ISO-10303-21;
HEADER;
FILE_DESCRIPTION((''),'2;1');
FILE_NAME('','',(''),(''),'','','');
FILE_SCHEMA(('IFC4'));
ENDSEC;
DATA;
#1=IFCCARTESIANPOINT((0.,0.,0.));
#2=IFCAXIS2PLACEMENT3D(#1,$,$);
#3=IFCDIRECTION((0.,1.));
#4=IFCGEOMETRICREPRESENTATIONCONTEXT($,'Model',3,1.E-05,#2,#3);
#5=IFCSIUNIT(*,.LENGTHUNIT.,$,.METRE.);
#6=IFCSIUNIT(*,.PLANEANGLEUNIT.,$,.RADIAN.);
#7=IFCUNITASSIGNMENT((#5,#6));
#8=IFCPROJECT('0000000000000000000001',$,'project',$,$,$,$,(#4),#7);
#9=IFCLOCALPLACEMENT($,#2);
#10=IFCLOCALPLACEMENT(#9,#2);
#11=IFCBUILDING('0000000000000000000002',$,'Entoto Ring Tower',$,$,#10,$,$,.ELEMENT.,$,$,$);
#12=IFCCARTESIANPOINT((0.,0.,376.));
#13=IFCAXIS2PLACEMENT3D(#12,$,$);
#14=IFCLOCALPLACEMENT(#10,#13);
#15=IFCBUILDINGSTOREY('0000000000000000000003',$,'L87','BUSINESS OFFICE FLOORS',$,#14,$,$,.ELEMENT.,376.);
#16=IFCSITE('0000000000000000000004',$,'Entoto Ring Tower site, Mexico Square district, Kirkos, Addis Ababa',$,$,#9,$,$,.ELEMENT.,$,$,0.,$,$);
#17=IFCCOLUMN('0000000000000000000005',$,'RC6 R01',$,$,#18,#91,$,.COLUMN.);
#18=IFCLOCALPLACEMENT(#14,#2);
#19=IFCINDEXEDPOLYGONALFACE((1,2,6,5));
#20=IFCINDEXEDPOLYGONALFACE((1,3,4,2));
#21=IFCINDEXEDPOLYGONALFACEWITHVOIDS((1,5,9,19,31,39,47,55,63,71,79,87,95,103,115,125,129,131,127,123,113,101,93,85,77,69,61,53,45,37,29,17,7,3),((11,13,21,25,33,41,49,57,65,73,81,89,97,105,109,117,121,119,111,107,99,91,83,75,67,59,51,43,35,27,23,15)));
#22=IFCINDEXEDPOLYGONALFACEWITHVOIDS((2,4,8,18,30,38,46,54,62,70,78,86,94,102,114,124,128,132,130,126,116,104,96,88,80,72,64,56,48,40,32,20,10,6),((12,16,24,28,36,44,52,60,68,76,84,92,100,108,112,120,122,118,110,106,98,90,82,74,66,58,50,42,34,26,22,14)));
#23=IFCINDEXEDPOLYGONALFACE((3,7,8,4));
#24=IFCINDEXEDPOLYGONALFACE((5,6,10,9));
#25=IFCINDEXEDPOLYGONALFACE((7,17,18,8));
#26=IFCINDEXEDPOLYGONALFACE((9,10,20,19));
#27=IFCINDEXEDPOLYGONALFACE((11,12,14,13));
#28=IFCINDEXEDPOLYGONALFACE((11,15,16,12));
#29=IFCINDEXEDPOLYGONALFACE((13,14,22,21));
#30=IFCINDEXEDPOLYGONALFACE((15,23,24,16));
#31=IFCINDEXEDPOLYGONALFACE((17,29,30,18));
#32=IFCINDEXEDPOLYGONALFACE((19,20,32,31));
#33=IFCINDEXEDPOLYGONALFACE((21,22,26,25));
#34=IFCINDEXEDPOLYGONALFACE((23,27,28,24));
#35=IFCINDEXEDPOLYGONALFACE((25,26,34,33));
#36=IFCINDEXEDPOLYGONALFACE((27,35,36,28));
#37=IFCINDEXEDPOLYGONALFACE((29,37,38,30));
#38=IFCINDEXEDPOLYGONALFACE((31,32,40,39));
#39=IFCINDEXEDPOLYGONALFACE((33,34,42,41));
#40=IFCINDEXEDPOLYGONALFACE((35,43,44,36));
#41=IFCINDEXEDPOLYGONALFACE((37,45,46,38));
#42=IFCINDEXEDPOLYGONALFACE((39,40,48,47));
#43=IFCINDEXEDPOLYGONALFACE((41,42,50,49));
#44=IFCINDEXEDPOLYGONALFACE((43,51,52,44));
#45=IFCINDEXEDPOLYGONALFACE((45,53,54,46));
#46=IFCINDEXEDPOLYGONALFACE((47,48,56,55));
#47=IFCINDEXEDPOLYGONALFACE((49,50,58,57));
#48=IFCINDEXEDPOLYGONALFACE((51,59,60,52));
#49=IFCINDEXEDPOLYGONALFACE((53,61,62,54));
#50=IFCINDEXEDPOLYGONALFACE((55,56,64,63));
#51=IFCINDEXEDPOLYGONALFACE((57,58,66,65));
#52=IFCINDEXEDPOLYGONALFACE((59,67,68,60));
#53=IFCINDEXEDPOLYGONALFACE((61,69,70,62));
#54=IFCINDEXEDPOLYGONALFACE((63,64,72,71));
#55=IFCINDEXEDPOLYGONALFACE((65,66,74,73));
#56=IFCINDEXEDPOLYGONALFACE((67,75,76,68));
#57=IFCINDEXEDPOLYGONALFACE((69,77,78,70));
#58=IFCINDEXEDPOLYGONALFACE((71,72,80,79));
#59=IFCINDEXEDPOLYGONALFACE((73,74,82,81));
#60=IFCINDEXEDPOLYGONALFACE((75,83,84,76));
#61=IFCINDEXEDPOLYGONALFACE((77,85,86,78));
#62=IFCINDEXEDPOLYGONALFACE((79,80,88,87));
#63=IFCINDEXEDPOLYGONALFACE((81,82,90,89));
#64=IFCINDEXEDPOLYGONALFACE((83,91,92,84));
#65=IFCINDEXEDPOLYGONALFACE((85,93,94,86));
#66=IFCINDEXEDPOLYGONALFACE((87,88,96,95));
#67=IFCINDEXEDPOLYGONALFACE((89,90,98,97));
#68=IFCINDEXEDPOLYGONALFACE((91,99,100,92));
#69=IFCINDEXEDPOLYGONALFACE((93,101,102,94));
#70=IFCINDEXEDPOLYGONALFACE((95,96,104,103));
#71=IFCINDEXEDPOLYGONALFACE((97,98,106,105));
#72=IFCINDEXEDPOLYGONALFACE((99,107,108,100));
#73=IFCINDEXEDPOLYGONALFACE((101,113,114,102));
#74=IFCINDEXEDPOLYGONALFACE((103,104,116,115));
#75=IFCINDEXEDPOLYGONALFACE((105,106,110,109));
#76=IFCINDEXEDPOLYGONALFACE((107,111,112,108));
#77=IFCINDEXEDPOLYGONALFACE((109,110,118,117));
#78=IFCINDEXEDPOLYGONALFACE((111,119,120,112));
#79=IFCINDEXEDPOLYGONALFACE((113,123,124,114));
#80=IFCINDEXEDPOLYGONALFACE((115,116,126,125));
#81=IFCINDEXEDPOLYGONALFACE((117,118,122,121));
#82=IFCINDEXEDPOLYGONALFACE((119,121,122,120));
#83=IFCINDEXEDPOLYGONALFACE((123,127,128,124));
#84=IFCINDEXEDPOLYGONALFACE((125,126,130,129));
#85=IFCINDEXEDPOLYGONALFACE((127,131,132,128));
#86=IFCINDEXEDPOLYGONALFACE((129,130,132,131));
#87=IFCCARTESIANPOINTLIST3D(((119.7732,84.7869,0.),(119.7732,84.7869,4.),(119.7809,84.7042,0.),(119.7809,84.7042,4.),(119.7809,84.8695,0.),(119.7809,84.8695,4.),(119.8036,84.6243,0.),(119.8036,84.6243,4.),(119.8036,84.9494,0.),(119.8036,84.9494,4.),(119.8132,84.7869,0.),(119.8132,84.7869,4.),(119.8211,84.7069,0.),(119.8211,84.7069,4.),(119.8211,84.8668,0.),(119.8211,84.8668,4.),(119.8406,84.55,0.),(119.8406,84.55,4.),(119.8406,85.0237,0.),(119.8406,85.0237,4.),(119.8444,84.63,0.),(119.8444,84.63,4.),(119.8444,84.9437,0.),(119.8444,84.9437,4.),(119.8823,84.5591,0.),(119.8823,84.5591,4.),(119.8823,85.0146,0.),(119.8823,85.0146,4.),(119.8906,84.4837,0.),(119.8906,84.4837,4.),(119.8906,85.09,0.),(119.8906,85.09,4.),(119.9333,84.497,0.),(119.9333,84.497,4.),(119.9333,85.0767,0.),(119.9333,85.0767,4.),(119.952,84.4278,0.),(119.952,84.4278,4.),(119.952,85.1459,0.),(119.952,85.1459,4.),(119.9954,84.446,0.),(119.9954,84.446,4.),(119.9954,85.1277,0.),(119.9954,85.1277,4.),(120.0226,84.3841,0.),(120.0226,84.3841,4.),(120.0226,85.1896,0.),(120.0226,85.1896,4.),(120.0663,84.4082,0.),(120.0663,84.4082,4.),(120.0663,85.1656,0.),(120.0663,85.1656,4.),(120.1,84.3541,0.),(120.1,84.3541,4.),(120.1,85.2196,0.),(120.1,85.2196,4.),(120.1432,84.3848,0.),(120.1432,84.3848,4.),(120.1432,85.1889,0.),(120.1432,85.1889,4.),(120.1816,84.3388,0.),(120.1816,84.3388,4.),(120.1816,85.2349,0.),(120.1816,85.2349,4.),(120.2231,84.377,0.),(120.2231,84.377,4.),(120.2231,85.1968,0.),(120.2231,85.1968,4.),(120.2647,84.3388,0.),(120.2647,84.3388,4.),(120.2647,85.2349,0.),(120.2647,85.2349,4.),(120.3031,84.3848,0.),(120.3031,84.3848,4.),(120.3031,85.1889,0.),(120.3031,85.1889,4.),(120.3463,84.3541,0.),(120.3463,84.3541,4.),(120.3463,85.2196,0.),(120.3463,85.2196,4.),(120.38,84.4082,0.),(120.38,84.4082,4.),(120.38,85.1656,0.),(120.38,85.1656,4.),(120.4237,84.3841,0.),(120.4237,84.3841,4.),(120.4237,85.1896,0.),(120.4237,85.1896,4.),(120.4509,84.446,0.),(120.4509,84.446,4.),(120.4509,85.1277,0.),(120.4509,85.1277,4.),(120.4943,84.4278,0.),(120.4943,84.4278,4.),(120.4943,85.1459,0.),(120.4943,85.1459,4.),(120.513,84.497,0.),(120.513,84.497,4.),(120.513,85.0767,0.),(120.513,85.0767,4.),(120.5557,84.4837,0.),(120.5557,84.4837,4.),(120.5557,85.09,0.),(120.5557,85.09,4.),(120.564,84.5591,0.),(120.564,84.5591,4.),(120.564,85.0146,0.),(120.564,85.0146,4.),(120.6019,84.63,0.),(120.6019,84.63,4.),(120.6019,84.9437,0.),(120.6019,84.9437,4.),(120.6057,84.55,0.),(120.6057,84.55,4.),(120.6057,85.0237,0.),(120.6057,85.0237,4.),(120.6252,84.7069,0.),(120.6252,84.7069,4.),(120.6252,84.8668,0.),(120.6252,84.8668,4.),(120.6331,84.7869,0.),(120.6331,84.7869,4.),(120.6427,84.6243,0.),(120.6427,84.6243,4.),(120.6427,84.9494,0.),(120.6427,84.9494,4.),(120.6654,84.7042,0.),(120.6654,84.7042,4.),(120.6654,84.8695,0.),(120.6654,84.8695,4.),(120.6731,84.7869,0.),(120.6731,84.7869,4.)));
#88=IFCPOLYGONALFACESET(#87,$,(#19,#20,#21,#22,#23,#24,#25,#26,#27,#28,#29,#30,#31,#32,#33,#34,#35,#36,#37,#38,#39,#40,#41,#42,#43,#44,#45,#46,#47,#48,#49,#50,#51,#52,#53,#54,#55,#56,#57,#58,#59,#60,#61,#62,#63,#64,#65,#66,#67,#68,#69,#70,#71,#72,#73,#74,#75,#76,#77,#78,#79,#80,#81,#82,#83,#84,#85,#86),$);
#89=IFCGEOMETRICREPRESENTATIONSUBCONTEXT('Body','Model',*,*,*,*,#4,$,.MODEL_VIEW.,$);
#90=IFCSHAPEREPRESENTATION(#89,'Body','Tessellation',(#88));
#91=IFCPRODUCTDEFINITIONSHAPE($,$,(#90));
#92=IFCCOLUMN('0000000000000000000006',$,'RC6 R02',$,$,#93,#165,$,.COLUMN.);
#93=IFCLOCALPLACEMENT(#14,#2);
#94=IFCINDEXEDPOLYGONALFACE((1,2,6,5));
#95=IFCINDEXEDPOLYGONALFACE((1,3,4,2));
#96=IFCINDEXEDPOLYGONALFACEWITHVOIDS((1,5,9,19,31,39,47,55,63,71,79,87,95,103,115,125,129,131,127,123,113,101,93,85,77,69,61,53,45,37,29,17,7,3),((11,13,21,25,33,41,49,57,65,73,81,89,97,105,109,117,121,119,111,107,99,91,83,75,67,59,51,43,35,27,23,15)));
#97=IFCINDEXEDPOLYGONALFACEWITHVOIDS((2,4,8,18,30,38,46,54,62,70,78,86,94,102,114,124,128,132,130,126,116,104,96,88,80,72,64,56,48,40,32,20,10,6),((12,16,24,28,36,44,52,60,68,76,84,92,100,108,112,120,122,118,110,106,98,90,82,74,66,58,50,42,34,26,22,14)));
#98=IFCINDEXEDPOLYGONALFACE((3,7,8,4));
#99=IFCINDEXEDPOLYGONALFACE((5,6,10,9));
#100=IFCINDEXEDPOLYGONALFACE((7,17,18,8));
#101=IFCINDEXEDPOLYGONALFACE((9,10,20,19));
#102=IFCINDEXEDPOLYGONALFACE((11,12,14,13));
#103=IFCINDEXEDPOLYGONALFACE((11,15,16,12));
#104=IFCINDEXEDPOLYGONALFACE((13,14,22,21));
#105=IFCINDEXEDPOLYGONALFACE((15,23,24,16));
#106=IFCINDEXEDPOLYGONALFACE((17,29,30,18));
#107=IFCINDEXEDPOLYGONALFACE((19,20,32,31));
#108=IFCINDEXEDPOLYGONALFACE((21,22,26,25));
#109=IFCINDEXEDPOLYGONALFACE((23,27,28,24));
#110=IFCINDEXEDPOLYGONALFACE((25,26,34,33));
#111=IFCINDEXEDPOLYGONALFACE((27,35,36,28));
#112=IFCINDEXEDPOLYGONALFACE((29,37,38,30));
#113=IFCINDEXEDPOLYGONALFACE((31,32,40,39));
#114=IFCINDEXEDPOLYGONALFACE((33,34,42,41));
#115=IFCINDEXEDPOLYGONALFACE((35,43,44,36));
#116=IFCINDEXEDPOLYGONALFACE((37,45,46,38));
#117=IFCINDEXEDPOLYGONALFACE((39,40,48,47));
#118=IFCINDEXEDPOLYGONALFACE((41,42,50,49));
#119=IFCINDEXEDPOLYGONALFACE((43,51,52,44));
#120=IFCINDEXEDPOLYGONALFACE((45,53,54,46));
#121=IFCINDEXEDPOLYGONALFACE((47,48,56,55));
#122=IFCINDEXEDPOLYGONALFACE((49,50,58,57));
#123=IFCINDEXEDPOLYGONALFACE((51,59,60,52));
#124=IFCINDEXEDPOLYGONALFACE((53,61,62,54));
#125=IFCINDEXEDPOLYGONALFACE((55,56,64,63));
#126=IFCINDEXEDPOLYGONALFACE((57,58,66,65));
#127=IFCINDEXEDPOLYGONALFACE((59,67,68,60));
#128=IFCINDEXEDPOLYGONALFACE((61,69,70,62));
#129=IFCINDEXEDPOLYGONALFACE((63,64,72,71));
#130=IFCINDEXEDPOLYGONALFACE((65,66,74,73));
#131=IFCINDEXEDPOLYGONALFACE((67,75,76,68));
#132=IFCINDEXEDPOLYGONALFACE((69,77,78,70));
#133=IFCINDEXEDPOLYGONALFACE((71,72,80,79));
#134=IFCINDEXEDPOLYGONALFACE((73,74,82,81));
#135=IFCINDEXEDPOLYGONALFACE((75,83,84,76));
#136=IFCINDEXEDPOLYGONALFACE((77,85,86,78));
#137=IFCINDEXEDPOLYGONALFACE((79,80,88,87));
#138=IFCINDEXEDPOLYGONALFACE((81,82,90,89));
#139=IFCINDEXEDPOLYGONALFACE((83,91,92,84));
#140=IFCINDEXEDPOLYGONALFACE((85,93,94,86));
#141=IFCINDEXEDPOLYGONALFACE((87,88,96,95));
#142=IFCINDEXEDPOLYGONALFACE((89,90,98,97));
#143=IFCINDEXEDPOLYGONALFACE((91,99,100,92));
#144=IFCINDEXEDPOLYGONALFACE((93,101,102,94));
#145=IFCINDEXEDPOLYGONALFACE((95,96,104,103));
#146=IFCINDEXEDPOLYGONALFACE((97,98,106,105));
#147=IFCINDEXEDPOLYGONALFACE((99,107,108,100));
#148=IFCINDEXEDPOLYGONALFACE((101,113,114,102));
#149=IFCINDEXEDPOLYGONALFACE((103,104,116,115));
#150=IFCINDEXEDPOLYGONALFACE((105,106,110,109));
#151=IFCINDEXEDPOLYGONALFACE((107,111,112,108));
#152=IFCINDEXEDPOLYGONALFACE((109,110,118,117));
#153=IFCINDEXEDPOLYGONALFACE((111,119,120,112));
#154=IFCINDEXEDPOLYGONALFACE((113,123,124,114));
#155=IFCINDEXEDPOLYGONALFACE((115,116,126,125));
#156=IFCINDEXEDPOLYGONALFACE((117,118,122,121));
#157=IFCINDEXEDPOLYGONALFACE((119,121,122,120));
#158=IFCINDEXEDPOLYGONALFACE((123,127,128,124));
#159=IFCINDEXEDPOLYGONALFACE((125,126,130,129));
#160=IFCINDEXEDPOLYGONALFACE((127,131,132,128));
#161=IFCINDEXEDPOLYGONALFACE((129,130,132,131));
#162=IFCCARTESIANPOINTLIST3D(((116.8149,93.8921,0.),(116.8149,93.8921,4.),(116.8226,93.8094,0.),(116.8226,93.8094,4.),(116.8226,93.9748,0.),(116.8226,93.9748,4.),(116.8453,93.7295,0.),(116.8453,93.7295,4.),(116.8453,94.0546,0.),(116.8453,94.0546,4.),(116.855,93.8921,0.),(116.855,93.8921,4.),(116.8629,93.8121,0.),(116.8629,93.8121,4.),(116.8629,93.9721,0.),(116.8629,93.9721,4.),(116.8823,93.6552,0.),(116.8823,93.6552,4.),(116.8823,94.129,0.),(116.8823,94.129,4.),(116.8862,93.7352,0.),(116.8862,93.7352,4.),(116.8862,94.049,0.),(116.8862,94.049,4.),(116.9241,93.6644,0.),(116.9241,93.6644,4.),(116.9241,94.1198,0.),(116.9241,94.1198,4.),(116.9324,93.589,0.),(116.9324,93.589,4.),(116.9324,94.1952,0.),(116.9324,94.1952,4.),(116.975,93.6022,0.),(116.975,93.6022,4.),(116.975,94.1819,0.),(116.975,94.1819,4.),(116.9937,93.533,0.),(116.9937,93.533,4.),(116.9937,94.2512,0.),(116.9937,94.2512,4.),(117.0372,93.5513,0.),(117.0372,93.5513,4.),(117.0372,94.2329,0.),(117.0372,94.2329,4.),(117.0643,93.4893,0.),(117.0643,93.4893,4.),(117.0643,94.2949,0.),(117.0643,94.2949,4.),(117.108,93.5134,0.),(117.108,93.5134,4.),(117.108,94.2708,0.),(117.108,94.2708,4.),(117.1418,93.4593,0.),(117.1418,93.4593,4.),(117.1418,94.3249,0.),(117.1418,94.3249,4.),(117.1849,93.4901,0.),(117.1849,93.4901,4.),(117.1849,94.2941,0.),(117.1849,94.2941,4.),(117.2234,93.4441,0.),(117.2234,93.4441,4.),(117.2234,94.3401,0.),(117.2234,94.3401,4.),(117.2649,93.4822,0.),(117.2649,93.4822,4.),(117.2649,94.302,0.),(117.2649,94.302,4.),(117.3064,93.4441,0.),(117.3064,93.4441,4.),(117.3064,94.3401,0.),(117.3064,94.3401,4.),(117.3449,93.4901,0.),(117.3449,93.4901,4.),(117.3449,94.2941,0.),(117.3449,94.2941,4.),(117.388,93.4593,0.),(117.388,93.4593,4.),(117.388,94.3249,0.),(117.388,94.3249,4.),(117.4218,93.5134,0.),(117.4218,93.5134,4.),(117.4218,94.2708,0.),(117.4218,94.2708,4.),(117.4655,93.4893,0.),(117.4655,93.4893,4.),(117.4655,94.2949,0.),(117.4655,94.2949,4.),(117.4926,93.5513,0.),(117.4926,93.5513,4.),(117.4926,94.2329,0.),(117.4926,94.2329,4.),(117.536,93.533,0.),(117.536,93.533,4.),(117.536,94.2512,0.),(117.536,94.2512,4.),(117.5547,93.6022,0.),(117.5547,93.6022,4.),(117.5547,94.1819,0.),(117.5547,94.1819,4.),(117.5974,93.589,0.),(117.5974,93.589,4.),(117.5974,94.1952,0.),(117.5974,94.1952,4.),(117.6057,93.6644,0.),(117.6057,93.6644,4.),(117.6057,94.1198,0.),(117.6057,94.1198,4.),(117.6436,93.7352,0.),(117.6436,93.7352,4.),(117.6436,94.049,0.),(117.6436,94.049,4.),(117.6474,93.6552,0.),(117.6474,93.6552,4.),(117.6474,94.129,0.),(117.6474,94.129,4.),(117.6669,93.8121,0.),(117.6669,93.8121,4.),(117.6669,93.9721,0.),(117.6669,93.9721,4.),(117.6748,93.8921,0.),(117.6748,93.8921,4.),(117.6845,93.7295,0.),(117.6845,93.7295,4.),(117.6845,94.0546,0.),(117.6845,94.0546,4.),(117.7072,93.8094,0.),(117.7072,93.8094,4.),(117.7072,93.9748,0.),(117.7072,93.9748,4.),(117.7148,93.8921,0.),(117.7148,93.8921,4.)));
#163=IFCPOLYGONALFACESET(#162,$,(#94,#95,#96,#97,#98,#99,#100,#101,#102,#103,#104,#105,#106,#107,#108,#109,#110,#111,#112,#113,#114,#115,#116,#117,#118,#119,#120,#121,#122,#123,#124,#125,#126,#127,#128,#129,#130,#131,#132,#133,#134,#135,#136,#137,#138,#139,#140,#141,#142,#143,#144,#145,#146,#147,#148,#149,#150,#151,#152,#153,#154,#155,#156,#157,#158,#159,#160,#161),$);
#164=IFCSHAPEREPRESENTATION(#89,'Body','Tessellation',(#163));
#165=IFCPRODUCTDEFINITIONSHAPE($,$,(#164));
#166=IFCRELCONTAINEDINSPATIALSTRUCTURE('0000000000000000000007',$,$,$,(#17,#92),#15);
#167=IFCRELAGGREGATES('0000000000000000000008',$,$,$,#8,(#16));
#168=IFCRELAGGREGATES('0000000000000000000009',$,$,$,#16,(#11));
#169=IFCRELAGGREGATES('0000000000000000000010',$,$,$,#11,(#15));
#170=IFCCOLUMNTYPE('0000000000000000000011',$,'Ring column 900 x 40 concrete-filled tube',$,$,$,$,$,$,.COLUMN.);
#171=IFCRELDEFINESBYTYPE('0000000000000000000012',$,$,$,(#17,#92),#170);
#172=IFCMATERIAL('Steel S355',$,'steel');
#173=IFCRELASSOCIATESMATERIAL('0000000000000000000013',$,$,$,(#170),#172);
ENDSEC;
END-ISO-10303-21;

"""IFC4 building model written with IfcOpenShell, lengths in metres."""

from ifc_helpers import new_model, si_unit, direction, frame, origin, origin_2d, place, context, subcontext, project, spatial, circle, hollow_circle, extrude, material, material_profile, profile_set, type_object, element, save


model = new_model("IFC4")

# Units and contexts
model_context = context("Model", 3, precision=1e-05, world=origin(), true_north=direction((0.0, 1.0)))
body_context = subcontext(model_context, "Body", "Model", "MODEL_VIEW")
ifc_project = project(units=[si_unit("LENGTHUNIT", "METRE"), si_unit("PLANEANGLEUNIT", "RADIAN")], contexts=[model_context])

# Site, building, storey
site_placement = place(None, origin())
site = spatial("IfcSite", under=ifc_project, at=site_placement, Name="Entoto Ring Tower site, Mexico Square district, Kirkos, Addis Ababa", CompositionType="ELEMENT", RefElevation=0.0)
building_placement = place(site_placement, origin())
building = spatial("IfcBuilding", under=site, at=building_placement, Name="Entoto Ring Tower", CompositionType="ELEMENT")
storey_placement = place(building_placement, frame((0.0, 0.0, 376.0)))
storey = spatial("IfcBuildingStorey", under=building, at=storey_placement, Name="L87", Description="BUSINESS OFFICE FLOORS", CompositionType="ELEMENT", Elevation=376.0)

# Columns
ifc_material_1 = material(Name="Steel S355", Category="steel")
ifc_material_profile_1 = material_profile(ifc_material_1, hollow_circle(Radius=0.45, WallThickness=0.04, at=origin_2d()), Name="CHS 900 x 40")
ifc_material_2 = material(Name="Concrete C60/75", Category="concrete")
ifc_material_profile_2 = material_profile(ifc_material_2, circle(Radius=0.4099, at=origin_2d()), Name="Concrete C60/75 infill")
ifc_profile_set_1 = profile_set([ifc_material_profile_1, ifc_material_profile_2], Name="Steel S355")
column_type = type_object("IfcColumnType", Name="Ring column 900 x 40 concrete-filled tube", PredefinedType="COLUMN", material=ifc_profile_set_1)
for number, where, z_axis, x_axis, name in (
    (1, (120.2231, 84.7869, 0.0), (0.0, 0.0, 1.0), (1.0, 0.0, 0.0), "RC6 R01"),
    (2, (117.2649, 93.8921, 0.0), (0.0, 0.0, 1.0), (1.0, 0.0, 0.0), "RC6 R02"),
):
    element("IfcColumn", number, at=place(storey_placement, frame(where, z_axis=z_axis, x_axis=x_axis)), inside=storey, type_object=column_type, Name=name, PredefinedType="COLUMN", context=body_context, shape_type="SweptSolid", body=[
        extrude(hollow_circle(Radius=0.45, WallThickness=0.04, at=origin_2d()), origin(), (0.0, 0.0, 1.0), 4.0),
    ])

save(model, "model.ifc")
